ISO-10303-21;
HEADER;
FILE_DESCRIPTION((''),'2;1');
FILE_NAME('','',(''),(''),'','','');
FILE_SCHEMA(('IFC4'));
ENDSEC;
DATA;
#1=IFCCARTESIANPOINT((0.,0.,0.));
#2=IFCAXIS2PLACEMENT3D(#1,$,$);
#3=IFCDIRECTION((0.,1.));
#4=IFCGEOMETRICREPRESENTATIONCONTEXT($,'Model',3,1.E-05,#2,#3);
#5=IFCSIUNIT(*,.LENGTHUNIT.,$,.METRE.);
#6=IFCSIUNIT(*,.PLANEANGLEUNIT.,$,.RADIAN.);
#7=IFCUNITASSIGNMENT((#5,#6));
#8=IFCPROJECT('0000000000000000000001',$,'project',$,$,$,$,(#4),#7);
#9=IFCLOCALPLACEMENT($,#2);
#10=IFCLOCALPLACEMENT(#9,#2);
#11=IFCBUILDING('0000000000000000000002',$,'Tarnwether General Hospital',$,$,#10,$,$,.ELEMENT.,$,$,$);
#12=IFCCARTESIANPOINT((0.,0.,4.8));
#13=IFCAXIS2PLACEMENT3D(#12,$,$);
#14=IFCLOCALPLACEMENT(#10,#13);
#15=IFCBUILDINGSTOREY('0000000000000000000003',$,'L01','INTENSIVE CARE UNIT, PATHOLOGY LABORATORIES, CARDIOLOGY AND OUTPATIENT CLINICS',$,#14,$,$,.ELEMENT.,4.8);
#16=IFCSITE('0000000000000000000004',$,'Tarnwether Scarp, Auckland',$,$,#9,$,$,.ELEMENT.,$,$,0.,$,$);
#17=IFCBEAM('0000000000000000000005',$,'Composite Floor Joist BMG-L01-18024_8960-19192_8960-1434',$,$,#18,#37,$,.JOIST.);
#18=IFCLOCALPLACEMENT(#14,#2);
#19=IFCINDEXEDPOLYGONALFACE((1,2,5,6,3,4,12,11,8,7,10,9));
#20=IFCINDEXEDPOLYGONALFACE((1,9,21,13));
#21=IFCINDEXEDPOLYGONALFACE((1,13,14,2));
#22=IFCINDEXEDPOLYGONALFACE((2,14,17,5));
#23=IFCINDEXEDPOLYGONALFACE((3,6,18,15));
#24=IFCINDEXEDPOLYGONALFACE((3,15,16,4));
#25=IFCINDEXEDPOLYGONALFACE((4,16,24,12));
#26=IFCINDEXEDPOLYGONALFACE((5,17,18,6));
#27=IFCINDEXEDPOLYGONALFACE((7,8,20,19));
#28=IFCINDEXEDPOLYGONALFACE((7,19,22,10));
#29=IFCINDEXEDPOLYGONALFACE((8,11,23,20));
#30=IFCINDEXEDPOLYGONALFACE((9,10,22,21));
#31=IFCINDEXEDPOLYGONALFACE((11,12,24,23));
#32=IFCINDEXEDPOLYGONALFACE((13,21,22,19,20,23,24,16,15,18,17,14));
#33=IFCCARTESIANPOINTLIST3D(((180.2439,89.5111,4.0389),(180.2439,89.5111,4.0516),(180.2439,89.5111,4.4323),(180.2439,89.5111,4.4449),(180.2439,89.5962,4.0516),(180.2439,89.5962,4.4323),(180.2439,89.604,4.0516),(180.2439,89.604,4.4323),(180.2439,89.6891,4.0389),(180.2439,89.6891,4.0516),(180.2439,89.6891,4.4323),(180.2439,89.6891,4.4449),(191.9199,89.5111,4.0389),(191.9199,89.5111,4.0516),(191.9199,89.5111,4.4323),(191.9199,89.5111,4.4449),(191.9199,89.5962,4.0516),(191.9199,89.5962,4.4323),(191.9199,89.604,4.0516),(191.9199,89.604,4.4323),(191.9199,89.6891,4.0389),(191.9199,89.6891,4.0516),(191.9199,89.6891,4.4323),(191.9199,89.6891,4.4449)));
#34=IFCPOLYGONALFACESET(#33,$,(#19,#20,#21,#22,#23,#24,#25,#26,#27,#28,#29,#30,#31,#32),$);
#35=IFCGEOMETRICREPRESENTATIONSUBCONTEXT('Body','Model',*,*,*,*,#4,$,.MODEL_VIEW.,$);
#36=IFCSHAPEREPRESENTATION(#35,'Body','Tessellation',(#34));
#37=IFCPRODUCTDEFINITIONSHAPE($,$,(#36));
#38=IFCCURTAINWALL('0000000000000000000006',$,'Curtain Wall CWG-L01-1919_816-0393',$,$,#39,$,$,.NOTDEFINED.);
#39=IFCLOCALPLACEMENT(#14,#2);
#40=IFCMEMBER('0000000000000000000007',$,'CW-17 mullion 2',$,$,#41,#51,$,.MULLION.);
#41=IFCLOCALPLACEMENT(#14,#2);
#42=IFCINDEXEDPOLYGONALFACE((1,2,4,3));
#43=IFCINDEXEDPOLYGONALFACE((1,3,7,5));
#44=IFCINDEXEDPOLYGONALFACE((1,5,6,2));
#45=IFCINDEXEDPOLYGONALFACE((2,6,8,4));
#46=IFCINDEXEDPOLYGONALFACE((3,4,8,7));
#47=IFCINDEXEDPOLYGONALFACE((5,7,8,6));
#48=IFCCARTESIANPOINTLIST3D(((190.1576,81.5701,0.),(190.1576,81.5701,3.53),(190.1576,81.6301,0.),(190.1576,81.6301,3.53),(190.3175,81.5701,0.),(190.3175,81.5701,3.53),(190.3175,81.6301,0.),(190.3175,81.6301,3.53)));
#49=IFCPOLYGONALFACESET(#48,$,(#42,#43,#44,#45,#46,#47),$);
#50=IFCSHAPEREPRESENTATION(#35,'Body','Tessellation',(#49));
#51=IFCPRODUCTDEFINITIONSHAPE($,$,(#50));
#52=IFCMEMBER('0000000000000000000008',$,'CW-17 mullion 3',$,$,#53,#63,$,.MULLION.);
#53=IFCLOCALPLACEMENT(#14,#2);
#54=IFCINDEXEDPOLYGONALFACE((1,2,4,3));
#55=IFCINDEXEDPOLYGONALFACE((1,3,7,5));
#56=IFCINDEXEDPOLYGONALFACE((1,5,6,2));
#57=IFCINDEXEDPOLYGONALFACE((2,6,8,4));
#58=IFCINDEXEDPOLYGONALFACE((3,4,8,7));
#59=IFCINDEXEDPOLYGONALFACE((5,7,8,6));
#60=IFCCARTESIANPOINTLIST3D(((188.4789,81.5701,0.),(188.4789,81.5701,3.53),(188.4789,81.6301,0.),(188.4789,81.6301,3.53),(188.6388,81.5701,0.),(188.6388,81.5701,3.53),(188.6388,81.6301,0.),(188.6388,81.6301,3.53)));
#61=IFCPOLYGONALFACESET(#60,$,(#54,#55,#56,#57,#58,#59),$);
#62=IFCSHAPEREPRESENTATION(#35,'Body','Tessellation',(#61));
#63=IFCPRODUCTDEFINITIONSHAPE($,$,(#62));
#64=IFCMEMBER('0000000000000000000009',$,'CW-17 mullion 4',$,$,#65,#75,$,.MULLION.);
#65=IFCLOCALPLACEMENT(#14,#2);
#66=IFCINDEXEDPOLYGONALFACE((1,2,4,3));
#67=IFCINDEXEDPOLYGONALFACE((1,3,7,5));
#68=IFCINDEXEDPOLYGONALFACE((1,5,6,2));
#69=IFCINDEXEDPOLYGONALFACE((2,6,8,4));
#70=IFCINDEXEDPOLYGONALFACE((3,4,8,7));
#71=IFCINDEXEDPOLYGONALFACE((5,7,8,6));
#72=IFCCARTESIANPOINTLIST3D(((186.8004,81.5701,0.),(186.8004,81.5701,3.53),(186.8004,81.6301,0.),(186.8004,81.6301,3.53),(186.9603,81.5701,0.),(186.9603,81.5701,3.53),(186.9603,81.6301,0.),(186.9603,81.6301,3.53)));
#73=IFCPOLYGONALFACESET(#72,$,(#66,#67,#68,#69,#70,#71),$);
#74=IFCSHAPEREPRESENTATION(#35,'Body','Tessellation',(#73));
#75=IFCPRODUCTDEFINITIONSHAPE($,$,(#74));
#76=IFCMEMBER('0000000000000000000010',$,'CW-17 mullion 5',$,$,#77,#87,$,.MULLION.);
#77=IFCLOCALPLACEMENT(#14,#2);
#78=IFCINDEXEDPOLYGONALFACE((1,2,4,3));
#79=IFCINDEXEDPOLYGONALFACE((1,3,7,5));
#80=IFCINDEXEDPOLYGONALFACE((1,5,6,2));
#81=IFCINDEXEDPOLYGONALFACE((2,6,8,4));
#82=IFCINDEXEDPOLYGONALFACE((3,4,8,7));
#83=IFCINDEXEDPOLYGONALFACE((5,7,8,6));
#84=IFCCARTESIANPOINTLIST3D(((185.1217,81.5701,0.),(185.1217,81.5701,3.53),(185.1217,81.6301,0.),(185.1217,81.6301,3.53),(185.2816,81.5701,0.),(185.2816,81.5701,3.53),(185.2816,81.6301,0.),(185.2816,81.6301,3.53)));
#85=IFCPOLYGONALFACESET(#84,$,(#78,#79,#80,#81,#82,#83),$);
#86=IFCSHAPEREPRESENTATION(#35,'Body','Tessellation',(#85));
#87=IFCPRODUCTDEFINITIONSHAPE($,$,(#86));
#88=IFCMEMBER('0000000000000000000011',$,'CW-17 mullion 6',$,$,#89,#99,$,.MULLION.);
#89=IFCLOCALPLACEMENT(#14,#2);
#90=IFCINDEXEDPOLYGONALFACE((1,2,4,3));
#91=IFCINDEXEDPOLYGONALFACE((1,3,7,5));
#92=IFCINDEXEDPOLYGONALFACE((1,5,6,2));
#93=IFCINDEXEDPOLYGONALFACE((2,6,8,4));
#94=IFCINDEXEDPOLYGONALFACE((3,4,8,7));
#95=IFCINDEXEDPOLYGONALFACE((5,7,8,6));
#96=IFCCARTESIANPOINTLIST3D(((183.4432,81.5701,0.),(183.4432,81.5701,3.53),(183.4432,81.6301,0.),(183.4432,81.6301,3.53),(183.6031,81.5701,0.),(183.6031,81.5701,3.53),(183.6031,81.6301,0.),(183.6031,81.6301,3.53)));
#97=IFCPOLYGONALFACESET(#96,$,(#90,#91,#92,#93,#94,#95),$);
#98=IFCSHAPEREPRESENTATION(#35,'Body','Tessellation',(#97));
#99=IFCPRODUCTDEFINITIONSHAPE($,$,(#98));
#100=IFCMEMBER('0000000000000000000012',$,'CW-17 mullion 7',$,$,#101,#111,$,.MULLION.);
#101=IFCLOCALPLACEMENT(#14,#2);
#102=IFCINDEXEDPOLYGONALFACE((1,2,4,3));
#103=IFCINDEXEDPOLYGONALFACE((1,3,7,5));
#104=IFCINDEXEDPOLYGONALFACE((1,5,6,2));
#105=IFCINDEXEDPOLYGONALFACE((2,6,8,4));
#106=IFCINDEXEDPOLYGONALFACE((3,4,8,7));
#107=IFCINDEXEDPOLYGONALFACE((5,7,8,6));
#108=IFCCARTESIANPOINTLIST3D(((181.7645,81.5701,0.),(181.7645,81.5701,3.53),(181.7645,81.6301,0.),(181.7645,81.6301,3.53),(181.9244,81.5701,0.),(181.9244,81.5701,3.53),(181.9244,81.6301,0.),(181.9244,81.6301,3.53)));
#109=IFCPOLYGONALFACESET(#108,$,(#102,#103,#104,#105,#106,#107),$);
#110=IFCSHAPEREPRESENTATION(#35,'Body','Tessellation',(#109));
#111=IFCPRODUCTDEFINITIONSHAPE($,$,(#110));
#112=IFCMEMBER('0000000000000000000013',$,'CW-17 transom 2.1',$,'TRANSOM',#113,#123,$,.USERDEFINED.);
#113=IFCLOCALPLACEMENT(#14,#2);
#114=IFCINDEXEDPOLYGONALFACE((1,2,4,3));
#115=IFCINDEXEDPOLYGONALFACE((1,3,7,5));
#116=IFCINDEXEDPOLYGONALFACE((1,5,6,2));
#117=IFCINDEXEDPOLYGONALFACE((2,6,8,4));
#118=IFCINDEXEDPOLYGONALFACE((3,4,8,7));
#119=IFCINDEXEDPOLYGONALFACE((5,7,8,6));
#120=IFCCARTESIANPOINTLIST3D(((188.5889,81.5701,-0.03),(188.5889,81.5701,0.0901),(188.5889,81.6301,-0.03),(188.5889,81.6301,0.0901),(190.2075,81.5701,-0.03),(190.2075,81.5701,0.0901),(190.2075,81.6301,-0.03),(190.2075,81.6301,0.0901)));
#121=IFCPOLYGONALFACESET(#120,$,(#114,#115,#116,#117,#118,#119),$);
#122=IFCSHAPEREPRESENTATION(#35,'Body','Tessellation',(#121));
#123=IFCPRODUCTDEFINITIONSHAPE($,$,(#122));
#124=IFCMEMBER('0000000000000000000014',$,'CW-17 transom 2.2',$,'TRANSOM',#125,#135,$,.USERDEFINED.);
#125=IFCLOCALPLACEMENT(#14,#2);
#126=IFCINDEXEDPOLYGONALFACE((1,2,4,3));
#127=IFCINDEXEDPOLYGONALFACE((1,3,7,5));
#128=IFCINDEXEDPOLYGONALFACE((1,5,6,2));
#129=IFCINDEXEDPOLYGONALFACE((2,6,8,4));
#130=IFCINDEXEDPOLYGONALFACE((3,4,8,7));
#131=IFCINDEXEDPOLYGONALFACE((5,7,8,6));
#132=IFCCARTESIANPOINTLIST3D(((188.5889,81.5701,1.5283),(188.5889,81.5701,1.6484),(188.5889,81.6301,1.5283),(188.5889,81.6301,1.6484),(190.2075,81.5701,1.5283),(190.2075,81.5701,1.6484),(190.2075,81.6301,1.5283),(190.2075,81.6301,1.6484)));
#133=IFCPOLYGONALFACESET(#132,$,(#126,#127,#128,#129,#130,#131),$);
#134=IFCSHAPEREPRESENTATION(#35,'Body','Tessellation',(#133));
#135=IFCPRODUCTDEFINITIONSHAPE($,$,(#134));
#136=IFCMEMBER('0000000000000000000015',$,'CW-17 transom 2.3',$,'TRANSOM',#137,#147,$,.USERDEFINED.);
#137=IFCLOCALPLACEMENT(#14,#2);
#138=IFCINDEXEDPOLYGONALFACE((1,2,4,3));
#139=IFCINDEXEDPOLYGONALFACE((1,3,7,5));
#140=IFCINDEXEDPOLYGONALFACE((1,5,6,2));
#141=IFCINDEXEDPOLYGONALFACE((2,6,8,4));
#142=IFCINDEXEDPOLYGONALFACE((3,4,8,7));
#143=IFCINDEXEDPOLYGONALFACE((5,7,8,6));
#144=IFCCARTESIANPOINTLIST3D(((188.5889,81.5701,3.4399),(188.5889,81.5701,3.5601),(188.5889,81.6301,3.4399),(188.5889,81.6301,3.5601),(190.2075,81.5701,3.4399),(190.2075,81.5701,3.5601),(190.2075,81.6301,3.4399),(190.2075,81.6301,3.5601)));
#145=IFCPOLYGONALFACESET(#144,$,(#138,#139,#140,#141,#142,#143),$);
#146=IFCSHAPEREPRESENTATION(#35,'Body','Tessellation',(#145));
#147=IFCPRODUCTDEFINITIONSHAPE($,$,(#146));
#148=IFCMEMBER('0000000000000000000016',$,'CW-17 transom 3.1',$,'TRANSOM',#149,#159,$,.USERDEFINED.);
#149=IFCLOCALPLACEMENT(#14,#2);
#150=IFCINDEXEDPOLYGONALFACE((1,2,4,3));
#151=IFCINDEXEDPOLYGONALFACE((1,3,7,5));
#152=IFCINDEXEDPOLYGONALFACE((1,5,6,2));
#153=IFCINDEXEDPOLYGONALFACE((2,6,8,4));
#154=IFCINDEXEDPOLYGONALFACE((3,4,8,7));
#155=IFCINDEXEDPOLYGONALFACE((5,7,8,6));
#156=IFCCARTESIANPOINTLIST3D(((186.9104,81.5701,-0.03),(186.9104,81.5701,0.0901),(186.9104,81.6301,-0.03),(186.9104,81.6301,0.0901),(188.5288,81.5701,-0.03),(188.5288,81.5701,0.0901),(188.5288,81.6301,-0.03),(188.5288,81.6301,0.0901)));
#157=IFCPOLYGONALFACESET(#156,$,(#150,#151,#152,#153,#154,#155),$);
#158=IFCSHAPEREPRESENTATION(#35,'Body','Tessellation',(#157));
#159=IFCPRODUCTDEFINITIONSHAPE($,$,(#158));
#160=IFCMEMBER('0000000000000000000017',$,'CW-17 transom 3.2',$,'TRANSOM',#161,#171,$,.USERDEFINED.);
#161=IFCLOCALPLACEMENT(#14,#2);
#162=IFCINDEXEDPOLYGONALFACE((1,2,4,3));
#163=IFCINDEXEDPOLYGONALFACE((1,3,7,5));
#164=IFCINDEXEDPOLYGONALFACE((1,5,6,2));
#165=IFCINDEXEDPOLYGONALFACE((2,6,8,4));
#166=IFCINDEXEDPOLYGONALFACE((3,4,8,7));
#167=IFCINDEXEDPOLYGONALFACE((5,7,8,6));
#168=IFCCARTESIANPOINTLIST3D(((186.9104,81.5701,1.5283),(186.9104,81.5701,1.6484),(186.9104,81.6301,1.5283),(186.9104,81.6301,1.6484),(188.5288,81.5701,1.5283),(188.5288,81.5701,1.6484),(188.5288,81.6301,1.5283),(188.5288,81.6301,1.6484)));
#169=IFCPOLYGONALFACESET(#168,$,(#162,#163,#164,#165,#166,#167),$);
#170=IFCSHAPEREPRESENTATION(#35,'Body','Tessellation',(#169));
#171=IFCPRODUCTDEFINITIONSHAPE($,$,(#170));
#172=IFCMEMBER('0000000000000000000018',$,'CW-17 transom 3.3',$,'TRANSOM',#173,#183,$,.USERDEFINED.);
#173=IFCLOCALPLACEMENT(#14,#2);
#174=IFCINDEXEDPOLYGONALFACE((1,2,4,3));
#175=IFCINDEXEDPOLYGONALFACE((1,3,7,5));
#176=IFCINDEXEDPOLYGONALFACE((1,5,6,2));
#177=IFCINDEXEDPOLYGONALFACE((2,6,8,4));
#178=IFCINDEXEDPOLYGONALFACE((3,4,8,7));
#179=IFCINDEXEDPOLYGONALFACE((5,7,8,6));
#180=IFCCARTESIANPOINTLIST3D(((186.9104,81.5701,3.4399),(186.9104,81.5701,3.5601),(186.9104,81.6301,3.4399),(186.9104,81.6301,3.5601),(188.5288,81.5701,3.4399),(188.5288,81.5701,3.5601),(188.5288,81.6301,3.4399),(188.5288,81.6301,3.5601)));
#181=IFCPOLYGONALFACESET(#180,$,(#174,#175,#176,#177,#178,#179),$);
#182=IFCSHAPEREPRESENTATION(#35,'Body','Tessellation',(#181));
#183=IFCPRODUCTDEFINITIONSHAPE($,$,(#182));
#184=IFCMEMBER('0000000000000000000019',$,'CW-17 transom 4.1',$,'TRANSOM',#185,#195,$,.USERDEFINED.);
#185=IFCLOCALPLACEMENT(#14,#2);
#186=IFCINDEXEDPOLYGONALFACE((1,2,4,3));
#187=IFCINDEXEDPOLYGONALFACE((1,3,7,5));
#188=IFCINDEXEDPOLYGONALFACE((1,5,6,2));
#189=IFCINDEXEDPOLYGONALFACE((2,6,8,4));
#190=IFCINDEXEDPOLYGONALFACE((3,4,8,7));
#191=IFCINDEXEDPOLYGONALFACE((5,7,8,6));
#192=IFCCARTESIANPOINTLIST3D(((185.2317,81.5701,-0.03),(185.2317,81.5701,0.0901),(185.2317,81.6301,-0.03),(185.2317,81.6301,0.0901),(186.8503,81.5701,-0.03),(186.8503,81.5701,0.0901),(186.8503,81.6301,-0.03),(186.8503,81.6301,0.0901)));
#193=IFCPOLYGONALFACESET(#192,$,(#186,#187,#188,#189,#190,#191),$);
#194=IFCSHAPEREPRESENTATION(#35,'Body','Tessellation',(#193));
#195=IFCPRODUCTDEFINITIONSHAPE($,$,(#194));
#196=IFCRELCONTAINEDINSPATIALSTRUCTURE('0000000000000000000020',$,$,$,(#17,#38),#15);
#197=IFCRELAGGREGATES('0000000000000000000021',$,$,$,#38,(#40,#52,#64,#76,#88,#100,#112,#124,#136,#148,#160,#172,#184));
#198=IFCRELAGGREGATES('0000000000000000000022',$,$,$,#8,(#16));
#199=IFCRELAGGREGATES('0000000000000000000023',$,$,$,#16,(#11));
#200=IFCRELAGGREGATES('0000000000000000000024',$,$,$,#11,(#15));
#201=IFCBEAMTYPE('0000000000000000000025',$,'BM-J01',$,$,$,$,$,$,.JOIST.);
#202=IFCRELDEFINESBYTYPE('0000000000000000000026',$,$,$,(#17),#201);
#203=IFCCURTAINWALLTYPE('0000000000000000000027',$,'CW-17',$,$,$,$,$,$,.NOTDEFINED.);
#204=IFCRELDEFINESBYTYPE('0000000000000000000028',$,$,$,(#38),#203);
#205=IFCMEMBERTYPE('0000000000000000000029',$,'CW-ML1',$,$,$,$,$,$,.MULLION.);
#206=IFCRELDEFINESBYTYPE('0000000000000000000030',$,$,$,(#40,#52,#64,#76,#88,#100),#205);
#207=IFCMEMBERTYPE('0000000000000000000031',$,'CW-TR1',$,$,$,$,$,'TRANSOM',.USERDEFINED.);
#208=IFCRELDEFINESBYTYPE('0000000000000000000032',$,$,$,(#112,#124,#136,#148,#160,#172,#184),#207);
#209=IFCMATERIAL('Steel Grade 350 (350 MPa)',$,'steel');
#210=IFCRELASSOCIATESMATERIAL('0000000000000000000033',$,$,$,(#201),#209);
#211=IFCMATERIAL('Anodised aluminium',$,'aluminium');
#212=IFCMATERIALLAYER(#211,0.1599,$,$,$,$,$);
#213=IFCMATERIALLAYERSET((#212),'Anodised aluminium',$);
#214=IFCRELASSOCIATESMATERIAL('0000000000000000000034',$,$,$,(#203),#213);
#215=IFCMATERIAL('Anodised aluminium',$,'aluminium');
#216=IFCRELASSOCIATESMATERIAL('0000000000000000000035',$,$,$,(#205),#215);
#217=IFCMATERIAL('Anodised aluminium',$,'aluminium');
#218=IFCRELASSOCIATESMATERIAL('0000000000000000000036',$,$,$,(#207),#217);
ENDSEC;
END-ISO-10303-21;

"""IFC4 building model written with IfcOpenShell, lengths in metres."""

from ifc_helpers import new_model, si_unit, direction, frame, origin, origin_2d, place, context, subcontext, project, spatial, rectangle, i_section, extrude, material, layer, layer_set, material_profile, profile_set, type_object, element, aggregate, save


model = new_model("IFC4")

# Units and contexts
model_context = context("Model", 3, precision=1e-05, world=origin(), true_north=direction((0.0, 1.0)))
body_context = subcontext(model_context, "Body", "Model", "MODEL_VIEW")
ifc_project = project(units=[si_unit("LENGTHUNIT", "METRE"), si_unit("PLANEANGLEUNIT", "RADIAN")], contexts=[model_context])

# Site, building, storey
site_placement = place(None, origin())
site = spatial("IfcSite", under=ifc_project, at=site_placement, Name="Tarnwether Scarp, Auckland", CompositionType="ELEMENT", RefElevation=0.0)
building_placement = place(site_placement, origin())
building = spatial("IfcBuilding", under=site, at=building_placement, Name="Tarnwether General Hospital", CompositionType="ELEMENT")
storey_placement = place(building_placement, frame((0.0, 0.0, 4.8)))
storey = spatial("IfcBuildingStorey", under=building, at=storey_placement, Name="L01", Description="INTENSIVE CARE UNIT, PATHOLOGY LABORATORIES, CARDIOLOGY AND OUTPATIENT CLINICS", CompositionType="ELEMENT", Elevation=4.8)

# Beam
ifc_material_1 = material(Name="Steel Grade 350 (350 MPa)", Category="steel")
ifc_material_profile_1 = material_profile(ifc_material_1, i_section(OverallWidth=0.178, OverallDepth=0.406, WebThickness=0.0078, FlangeThickness=0.0127, at=origin_2d()), Name="410UB59.7")
ifc_profile_set_1 = profile_set([ifc_material_profile_1], Name="Steel Grade 350 (350 MPa)")
beam_type = type_object("IfcBeamType", Name="BM-J01", PredefinedType="JOIST", material=ifc_profile_set_1)
beam_placement = place(storey_placement, frame((180.2439, 89.6001, 4.2419), z_axis=(1.0, 0.0, 0.0), x_axis=(0.0, 1.0, 0.0)))
element("IfcBeam", 1, at=beam_placement, inside=storey, type_object=beam_type, Name="Composite Floor Joist BMG-L01-18024_8960-19192_8960-1434", PredefinedType="JOIST", context=body_context, shape_type="SweptSolid", body=[
    extrude(i_section(OverallWidth=0.178, OverallDepth=0.406, WebThickness=0.0078, FlangeThickness=0.0127, at=origin_2d()), origin(), (0.0, 0.0, 1.0), 11.676),
])

# Curtain wall, members
ifc_material_2 = material(Name="Anodised aluminium", Category="aluminium")
ifc_layer_1 = layer(ifc_material_2, 0.1599)
ifc_layer_set_1 = layer_set([ifc_layer_1], Name="Anodised aluminium")
curtain_wall_type = type_object("IfcCurtainWallType", Name="CW-17", PredefinedType="NOTDEFINED", material=ifc_layer_set_1)
curtain_wall_placement = place(storey_placement, origin())
curtain_wall = element("IfcCurtainWall", 2, at=curtain_wall_placement, inside=storey, type_object=curtain_wall_type, Name="Curtain Wall CWG-L01-1919_816-0393", PredefinedType="NOTDEFINED")
ifc_material_3 = material(Name="Anodised aluminium", Category="aluminium")
ifc_material_profile_2 = material_profile(ifc_material_3, rectangle(XDim=0.0601, YDim=0.1599, at=origin_2d()), Name="ALU-MUL-60x160")
ifc_profile_set_2 = profile_set([ifc_material_profile_2], Name="Anodised aluminium")
member_type_1 = type_object("IfcMemberType", Name="CW-ML1", PredefinedType="MULLION", material=ifc_profile_set_2)
member_1_placement = place(storey_placement, frame((190.2375, 81.6001, 0.0), z_axis=(0.0, 0.0, 1.0), x_axis=(0.0, -1.0, 0.0)))
member_1 = element("IfcMember", 3, at=member_1_placement, type_object=member_type_1, Name="CW-17 mullion 2", PredefinedType="MULLION", context=body_context, shape_type="SweptSolid", body=[
    extrude(rectangle(XDim=0.0601, YDim=0.1599, at=origin_2d()), origin(), (0.0, 0.0, 1.0), 3.53),
])
member_2_placement = place(storey_placement, frame((188.5588, 81.6001, 0.0), z_axis=(0.0, 0.0, 1.0), x_axis=(0.0, -1.0, 0.0)))
member_2 = element("IfcMember", 4, at=member_2_placement, type_object=member_type_1, Name="CW-17 mullion 3", PredefinedType="MULLION", context=body_context, shape_type="SweptSolid", body=[
    extrude(rectangle(XDim=0.0601, YDim=0.1599, at=origin_2d()), origin(), (0.0, 0.0, 1.0), 3.53),
])
member_3_placement = place(storey_placement, frame((186.8804, 81.6001, 0.0), z_axis=(0.0, 0.0, 1.0), x_axis=(0.0, -1.0, 0.0)))
member_3 = element("IfcMember", 5, at=member_3_placement, type_object=member_type_1, Name="CW-17 mullion 4", PredefinedType="MULLION", context=body_context, shape_type="SweptSolid", body=[
    extrude(rectangle(XDim=0.0601, YDim=0.1599, at=origin_2d()), origin(), (0.0, 0.0, 1.0), 3.53),
])
member_4_placement = place(storey_placement, frame((185.2017, 81.6001, 0.0), z_axis=(0.0, 0.0, 1.0), x_axis=(0.0, -1.0, 0.0)))
member_4 = element("IfcMember", 6, at=member_4_placement, type_object=member_type_1, Name="CW-17 mullion 5", PredefinedType="MULLION", context=body_context, shape_type="SweptSolid", body=[
    extrude(rectangle(XDim=0.0601, YDim=0.1599, at=origin_2d()), origin(), (0.0, 0.0, 1.0), 3.53),
])
member_5_placement = place(storey_placement, frame((183.5232, 81.6001, 0.0), z_axis=(0.0, 0.0, 1.0), x_axis=(0.0, -1.0, 0.0)))
member_5 = element("IfcMember", 7, at=member_5_placement, type_object=member_type_1, Name="CW-17 mullion 6", PredefinedType="MULLION", context=body_context, shape_type="SweptSolid", body=[
    extrude(rectangle(XDim=0.0601, YDim=0.1599, at=origin_2d()), origin(), (0.0, 0.0, 1.0), 3.53),
])
member_6_placement = place(storey_placement, frame((181.8445, 81.6001, 0.0), z_axis=(0.0, 0.0, 1.0), x_axis=(0.0, -1.0, 0.0)))
member_6 = element("IfcMember", 8, at=member_6_placement, type_object=member_type_1, Name="CW-17 mullion 7", PredefinedType="MULLION", context=body_context, shape_type="SweptSolid", body=[
    extrude(rectangle(XDim=0.0601, YDim=0.1599, at=origin_2d()), origin(), (0.0, 0.0, 1.0), 3.53),
])
ifc_material_4 = material(Name="Anodised aluminium", Category="aluminium")
ifc_material_profile_3 = material_profile(ifc_material_4, rectangle(XDim=0.0601, YDim=0.1201, at=origin_2d()), Name="ALU-TRN-60x120")
ifc_profile_set_3 = profile_set([ifc_material_profile_3], Name="Anodised aluminium")
member_type_2 = type_object("IfcMemberType", Name="CW-TR1", ElementType="TRANSOM", PredefinedType="USERDEFINED", material=ifc_profile_set_3)
member_7_placement = place(storey_placement, frame((190.2075, 81.6001, 0.03), z_axis=(-1.0, 0.0, 0.0), x_axis=(0.0, -1.0, 0.0)))
member_7 = element("IfcMember", 9, at=member_7_placement, type_object=member_type_2, Name="CW-17 transom 2.1", ObjectType="TRANSOM", PredefinedType="USERDEFINED", context=body_context, shape_type="SweptSolid", body=[
    extrude(rectangle(XDim=0.0601, YDim=0.1201, at=origin_2d()), origin(), (0.0, 0.0, 1.0), 1.6187),
])
member_8_placement = place(storey_placement, frame((190.2075, 81.6001, 1.5884), z_axis=(-1.0, 0.0, 0.0), x_axis=(0.0, -1.0, 0.0)))
member_8 = element("IfcMember", 10, at=member_8_placement, type_object=member_type_2, Name="CW-17 transom 2.2", ObjectType="TRANSOM", PredefinedType="USERDEFINED", context=body_context, shape_type="SweptSolid", body=[
    extrude(rectangle(XDim=0.0601, YDim=0.1201, at=origin_2d()), origin(), (0.0, 0.0, 1.0), 1.6187),
])
member_9_placement = place(storey_placement, frame((190.2075, 81.6001, 3.5), z_axis=(-1.0, 0.0, 0.0), x_axis=(0.0, -1.0, 0.0)))
member_9 = element("IfcMember", 11, at=member_9_placement, type_object=member_type_2, Name="CW-17 transom 2.3", ObjectType="TRANSOM", PredefinedType="USERDEFINED", context=body_context, shape_type="SweptSolid", body=[
    extrude(rectangle(XDim=0.0601, YDim=0.1201, at=origin_2d()), origin(), (0.0, 0.0, 1.0), 1.6187),
])
member_10_placement = place(storey_placement, frame((188.5288, 81.6001, 0.03), z_axis=(-1.0, 0.0, 0.0), x_axis=(0.0, -1.0, 0.0)))
member_10 = element("IfcMember", 12, at=member_10_placement, type_object=member_type_2, Name="CW-17 transom 3.1", ObjectType="TRANSOM", PredefinedType="USERDEFINED", context=body_context, shape_type="SweptSolid", body=[
    extrude(rectangle(XDim=0.0601, YDim=0.1201, at=origin_2d()), origin(), (0.0, 0.0, 1.0), 1.6184),
])
member_11_placement = place(storey_placement, frame((188.5288, 81.6001, 1.5884), z_axis=(-1.0, 0.0, 0.0), x_axis=(0.0, -1.0, 0.0)))
member_11 = element("IfcMember", 13, at=member_11_placement, type_object=member_type_2, Name="CW-17 transom 3.2", ObjectType="TRANSOM", PredefinedType="USERDEFINED", context=body_context, shape_type="SweptSolid", body=[
    extrude(rectangle(XDim=0.0601, YDim=0.1201, at=origin_2d()), origin(), (0.0, 0.0, 1.0), 1.6184),
])
member_12_placement = place(storey_placement, frame((188.5288, 81.6001, 3.5), z_axis=(-1.0, 0.0, 0.0), x_axis=(0.0, -1.0, 0.0)))
member_12 = element("IfcMember", 14, at=member_12_placement, type_object=member_type_2, Name="CW-17 transom 3.3", ObjectType="TRANSOM", PredefinedType="USERDEFINED", context=body_context, shape_type="SweptSolid", body=[
    extrude(rectangle(XDim=0.0601, YDim=0.1201, at=origin_2d()), origin(), (0.0, 0.0, 1.0), 1.6184),
])
member_13_placement = place(storey_placement, frame((186.8503, 81.6001, 0.03), z_axis=(-1.0, 0.0, 0.0), x_axis=(0.0, -1.0, 0.0)))
member_13 = element("IfcMember", 15, at=member_13_placement, type_object=member_type_2, Name="CW-17 transom 4.1", ObjectType="TRANSOM", PredefinedType="USERDEFINED", context=body_context, shape_type="SweptSolid", body=[
    extrude(rectangle(XDim=0.0601, YDim=0.1201, at=origin_2d()), origin(), (0.0, 0.0, 1.0), 1.6187),
])
aggregate(curtain_wall, [member_1, member_2, member_3, member_4, member_5, member_6, member_7, member_8, member_9, member_10, member_11, member_12, member_13])

save(model, "model.ifc")
